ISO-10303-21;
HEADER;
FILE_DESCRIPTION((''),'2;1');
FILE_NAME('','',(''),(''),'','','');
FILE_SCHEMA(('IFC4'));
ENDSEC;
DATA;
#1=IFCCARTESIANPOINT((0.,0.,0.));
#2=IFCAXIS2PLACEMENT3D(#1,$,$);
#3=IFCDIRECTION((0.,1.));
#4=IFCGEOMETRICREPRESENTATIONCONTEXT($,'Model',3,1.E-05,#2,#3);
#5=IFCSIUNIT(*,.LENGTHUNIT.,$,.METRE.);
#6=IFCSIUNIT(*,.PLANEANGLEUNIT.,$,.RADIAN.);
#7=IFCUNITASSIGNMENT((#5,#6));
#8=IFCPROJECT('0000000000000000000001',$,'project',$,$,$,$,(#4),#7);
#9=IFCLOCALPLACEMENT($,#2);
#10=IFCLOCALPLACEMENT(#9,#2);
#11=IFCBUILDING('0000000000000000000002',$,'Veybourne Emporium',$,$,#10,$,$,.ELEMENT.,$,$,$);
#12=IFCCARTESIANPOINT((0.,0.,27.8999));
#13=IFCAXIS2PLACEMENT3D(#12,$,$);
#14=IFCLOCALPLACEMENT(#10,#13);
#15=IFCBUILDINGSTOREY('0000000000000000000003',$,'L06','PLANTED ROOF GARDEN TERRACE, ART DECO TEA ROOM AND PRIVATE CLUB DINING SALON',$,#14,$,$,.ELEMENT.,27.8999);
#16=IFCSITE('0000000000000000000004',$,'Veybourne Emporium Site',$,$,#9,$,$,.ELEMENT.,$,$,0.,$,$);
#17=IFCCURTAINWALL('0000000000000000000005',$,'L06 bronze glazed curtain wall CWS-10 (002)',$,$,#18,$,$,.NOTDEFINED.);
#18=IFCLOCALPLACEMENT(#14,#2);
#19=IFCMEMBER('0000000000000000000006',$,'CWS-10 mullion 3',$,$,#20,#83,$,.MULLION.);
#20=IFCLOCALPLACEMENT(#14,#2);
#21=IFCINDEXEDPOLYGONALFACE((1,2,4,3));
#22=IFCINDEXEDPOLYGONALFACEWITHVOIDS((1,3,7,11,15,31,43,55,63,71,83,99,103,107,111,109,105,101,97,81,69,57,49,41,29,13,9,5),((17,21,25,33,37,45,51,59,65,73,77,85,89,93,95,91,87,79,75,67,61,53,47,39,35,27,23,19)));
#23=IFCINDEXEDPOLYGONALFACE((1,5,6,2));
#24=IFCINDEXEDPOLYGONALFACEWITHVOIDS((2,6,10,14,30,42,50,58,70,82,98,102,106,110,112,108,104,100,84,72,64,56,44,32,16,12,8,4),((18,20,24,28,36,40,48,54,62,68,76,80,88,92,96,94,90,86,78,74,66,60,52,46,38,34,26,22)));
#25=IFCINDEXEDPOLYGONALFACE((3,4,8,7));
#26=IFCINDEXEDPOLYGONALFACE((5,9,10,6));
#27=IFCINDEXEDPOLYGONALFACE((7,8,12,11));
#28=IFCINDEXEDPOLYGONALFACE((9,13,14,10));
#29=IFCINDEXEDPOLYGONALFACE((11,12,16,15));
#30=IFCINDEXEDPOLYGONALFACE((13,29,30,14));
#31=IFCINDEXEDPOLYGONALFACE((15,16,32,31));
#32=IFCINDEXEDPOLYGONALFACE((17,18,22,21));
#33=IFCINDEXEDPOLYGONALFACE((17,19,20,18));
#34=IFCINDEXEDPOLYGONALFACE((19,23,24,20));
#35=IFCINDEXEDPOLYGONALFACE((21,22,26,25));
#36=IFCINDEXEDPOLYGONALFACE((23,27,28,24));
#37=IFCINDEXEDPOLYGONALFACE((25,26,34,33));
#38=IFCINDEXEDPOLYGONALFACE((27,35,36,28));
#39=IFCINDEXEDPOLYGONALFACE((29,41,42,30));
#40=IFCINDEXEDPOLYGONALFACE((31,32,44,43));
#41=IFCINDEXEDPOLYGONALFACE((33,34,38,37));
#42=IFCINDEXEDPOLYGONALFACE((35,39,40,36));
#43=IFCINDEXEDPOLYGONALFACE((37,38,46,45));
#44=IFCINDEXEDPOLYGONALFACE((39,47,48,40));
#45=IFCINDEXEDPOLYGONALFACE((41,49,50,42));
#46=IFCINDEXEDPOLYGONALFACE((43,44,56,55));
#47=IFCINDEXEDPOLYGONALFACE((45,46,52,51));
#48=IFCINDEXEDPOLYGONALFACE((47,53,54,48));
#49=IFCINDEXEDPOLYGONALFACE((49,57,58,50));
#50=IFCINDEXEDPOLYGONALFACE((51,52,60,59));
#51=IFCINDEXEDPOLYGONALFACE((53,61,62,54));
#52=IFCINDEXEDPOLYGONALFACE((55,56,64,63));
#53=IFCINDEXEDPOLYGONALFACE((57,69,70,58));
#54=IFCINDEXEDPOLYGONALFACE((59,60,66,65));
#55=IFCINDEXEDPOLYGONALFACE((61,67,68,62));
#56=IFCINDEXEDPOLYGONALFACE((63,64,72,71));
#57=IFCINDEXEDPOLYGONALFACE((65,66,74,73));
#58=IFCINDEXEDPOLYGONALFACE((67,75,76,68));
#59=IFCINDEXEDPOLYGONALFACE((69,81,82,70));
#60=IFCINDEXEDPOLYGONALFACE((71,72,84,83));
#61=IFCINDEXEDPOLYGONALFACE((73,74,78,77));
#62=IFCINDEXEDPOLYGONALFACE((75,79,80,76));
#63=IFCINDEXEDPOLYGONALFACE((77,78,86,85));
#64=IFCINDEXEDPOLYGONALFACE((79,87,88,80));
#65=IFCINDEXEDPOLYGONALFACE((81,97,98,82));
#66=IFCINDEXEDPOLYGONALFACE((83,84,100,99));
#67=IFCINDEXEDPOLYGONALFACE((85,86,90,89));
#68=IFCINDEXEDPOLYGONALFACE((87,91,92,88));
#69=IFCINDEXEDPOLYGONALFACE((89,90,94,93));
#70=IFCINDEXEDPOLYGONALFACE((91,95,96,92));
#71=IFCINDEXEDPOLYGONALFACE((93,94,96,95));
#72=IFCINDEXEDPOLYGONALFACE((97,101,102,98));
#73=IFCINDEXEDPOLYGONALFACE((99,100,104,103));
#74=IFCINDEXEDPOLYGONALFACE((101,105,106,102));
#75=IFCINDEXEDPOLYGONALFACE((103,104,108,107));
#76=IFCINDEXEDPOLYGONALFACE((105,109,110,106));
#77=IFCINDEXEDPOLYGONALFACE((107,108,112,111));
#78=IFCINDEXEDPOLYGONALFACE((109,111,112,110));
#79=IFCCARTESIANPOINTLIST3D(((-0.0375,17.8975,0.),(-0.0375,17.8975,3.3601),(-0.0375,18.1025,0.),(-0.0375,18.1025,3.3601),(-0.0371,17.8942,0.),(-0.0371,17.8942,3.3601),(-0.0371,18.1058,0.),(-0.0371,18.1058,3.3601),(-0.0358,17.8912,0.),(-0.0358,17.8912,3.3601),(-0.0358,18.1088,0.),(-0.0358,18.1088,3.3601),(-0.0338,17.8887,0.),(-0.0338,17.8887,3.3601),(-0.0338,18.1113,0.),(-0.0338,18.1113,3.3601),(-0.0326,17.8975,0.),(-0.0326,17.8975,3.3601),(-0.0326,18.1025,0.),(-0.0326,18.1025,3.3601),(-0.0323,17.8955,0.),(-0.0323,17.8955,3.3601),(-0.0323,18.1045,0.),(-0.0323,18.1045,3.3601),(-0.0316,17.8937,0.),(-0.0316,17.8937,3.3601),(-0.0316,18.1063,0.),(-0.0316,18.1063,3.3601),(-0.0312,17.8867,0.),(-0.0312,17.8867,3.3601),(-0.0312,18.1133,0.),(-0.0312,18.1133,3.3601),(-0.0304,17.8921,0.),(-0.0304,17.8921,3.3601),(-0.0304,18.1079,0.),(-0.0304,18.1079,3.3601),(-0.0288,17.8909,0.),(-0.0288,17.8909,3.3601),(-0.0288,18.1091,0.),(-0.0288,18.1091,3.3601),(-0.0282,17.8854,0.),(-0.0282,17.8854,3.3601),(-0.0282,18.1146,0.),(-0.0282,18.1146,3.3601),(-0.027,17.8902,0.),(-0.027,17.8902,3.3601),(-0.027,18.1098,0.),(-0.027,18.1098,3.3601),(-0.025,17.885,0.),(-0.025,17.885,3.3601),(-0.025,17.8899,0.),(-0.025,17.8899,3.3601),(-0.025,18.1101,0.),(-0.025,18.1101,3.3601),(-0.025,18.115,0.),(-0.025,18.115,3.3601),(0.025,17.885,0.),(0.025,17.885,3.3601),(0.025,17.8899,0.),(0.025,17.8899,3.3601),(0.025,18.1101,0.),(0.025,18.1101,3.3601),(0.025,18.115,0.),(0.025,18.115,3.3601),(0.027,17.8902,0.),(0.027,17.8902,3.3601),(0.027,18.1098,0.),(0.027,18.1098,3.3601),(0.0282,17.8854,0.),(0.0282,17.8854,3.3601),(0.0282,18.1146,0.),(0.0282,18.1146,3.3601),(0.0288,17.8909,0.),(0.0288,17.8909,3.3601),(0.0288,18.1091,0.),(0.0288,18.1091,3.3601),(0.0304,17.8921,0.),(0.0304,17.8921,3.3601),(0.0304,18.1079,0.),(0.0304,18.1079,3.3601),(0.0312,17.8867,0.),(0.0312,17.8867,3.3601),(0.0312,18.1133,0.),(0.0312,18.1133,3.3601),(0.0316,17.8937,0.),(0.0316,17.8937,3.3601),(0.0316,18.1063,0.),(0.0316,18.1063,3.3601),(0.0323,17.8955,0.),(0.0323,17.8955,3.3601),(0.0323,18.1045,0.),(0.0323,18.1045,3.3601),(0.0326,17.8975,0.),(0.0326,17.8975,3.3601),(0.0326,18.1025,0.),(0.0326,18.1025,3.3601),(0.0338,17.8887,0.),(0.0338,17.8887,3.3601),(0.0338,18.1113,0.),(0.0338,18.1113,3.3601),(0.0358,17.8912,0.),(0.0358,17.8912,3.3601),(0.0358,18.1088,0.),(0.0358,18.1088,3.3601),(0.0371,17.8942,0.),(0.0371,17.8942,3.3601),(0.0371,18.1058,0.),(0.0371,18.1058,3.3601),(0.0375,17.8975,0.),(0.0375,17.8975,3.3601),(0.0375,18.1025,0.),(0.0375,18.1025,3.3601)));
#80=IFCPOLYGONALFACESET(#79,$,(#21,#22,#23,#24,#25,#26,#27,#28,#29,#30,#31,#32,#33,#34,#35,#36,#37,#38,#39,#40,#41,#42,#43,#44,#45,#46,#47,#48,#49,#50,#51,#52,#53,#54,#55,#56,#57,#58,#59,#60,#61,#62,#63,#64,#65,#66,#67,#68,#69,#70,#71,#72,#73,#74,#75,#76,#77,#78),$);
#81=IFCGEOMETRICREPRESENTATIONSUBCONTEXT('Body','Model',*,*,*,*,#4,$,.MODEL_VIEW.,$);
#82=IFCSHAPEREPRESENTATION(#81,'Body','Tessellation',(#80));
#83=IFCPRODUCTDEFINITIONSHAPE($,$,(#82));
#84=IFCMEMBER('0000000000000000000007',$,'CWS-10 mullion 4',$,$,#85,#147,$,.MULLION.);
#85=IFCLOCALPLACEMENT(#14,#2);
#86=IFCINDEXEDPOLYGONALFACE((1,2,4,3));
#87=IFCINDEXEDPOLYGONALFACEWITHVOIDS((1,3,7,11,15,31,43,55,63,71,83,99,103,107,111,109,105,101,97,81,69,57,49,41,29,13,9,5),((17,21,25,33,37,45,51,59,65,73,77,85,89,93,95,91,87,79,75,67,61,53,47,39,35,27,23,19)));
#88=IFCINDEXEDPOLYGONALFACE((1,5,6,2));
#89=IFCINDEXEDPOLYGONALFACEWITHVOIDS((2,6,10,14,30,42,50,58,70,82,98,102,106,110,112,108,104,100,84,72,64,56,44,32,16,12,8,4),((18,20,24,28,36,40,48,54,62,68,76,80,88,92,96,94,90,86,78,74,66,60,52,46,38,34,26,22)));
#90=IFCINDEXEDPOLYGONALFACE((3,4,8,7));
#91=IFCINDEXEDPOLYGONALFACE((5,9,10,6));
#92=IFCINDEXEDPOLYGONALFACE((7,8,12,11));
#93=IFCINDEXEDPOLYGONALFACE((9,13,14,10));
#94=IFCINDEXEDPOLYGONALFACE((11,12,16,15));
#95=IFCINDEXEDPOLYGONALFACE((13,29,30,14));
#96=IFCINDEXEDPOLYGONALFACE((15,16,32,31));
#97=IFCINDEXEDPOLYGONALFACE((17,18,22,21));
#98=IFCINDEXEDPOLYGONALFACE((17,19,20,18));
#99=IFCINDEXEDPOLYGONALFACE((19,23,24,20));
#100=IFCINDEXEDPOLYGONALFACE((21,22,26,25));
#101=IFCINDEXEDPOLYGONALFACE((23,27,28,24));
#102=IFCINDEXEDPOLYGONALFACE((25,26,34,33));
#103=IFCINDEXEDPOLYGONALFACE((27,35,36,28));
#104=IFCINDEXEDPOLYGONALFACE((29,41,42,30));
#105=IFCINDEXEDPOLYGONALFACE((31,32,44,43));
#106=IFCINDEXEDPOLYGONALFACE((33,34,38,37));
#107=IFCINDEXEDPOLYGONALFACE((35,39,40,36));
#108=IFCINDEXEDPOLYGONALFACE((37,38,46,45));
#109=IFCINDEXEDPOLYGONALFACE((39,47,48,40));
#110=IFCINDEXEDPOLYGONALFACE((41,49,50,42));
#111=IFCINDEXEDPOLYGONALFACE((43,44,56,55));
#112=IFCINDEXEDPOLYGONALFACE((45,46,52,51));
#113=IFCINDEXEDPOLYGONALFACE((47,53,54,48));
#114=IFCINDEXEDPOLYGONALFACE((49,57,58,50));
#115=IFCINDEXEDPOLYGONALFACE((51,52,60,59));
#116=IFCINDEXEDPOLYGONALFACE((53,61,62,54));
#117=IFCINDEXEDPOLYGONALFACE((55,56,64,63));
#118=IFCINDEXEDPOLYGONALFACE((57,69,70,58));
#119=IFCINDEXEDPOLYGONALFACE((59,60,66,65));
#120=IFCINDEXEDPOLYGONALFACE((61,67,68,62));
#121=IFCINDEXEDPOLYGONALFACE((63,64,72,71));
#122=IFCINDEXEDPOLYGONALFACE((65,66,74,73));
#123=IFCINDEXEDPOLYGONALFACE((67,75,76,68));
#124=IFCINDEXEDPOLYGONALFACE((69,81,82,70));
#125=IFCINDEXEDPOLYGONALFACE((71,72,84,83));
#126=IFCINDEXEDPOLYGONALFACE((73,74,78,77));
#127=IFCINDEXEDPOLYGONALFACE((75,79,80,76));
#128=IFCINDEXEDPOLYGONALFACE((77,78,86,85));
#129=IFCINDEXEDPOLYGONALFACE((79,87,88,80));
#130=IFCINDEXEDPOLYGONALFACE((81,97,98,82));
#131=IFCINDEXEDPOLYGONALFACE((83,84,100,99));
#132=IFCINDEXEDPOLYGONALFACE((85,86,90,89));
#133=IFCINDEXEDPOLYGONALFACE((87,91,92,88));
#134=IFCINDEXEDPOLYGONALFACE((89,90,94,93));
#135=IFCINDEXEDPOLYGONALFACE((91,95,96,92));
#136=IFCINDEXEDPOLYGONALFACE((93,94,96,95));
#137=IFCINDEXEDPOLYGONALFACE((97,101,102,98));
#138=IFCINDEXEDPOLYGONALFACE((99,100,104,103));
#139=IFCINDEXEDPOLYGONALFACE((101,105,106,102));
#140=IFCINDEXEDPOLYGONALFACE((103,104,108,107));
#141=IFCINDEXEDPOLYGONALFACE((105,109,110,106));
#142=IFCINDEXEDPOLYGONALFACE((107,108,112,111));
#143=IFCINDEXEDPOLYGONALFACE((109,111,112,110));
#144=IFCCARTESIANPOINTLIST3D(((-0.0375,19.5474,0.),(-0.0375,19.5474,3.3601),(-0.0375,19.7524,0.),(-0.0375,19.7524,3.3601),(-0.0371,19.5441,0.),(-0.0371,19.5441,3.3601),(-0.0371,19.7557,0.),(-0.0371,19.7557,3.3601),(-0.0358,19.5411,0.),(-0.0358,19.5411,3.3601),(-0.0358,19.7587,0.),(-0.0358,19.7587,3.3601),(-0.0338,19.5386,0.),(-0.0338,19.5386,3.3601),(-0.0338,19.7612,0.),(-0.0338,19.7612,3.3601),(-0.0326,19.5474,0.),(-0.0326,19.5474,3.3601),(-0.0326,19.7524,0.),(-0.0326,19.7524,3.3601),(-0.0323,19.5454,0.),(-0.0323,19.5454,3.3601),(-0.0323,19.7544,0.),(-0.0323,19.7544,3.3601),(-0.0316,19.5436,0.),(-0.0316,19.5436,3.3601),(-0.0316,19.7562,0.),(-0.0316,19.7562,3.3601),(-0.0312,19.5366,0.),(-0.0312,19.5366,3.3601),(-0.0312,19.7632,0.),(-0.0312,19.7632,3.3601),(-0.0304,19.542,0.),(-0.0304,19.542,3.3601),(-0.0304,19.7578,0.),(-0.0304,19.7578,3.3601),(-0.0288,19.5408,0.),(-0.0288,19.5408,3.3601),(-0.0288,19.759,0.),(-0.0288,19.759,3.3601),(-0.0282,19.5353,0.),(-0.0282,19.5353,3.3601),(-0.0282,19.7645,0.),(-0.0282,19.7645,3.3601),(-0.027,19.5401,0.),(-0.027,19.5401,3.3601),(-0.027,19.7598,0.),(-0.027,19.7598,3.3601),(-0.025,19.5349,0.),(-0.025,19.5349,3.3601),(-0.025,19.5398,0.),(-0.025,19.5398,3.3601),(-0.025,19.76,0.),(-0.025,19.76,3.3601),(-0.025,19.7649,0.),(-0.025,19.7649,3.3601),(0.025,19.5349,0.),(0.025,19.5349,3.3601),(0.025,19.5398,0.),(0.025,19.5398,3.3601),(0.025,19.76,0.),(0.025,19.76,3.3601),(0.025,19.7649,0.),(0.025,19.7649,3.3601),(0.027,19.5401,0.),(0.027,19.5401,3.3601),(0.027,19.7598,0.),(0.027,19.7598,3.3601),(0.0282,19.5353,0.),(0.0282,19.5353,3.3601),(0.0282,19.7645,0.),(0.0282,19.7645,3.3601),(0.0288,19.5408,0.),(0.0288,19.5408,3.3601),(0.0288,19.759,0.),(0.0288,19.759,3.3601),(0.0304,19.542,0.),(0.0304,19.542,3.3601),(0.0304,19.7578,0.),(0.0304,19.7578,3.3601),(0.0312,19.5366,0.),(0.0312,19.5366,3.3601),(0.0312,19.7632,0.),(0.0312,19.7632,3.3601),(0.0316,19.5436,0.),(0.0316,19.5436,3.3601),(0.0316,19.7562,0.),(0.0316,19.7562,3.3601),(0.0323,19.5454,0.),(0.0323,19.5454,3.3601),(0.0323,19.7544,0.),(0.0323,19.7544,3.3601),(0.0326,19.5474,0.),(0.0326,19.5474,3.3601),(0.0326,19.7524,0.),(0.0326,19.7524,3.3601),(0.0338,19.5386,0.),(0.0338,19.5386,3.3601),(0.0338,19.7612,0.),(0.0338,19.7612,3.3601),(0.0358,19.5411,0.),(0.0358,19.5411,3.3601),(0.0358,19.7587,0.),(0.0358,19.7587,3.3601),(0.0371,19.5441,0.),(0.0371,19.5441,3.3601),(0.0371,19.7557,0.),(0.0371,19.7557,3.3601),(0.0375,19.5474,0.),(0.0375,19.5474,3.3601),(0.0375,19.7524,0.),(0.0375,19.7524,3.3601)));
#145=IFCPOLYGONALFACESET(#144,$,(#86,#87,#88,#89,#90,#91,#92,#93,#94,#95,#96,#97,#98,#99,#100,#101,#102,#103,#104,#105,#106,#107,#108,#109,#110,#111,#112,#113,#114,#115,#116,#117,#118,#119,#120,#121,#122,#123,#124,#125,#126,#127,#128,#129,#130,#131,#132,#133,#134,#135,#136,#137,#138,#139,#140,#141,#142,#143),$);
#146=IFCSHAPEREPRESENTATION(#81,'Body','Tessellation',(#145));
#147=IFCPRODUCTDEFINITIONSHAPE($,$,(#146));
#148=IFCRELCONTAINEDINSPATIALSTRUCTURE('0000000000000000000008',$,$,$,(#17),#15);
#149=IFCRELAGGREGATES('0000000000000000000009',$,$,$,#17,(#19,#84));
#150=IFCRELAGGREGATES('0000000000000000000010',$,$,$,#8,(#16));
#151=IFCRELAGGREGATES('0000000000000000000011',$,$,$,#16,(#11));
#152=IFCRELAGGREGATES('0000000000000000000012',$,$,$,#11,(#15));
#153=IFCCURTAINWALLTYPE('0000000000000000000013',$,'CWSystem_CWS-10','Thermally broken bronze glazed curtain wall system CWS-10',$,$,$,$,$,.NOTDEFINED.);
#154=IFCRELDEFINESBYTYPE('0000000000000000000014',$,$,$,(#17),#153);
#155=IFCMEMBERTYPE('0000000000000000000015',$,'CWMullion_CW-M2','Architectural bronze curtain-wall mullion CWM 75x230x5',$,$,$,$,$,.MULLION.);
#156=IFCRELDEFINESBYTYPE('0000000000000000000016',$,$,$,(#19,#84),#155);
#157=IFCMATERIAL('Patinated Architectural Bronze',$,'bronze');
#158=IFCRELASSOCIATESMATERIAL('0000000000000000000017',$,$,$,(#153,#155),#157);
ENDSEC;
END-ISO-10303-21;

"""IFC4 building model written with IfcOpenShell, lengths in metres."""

from ifc_helpers import new_model, si_unit, direction, frame, origin, origin_2d, place, context, subcontext, project, spatial, hollow_rectangle, extrude, material, material_profile, profile_set, type_object, element, aggregate, save


model = new_model("IFC4")

# Units and contexts
model_context = context("Model", 3, precision=1e-05, world=origin(), true_north=direction((0.0, 1.0)))
body_context = subcontext(model_context, "Body", "Model", "MODEL_VIEW")
ifc_project = project(units=[si_unit("LENGTHUNIT", "METRE"), si_unit("PLANEANGLEUNIT", "RADIAN")], contexts=[model_context])

# Site, building, storey
site_placement = place(None, origin())
site = spatial("IfcSite", under=ifc_project, at=site_placement, Name="Veybourne Emporium Site", CompositionType="ELEMENT", RefElevation=0.0)
building_placement = place(site_placement, origin())
building = spatial("IfcBuilding", under=site, at=building_placement, Name="Veybourne Emporium", CompositionType="ELEMENT")
storey_placement = place(building_placement, frame((0.0, 0.0, 27.8999)))
storey = spatial("IfcBuildingStorey", under=building, at=storey_placement, Name="L06", Description="PLANTED ROOF GARDEN TERRACE, ART DECO TEA ROOM AND PRIVATE CLUB DINING SALON", CompositionType="ELEMENT", Elevation=27.8999)

# Curtain wall, members
ifc_material_1 = material(Name="Patinated Architectural Bronze", Category="bronze")
curtain_wall_type = type_object("IfcCurtainWallType", Name="CWSystem_CWS-10", Description="Thermally broken bronze glazed curtain wall system CWS-10", PredefinedType="NOTDEFINED", material=ifc_material_1)
curtain_wall_placement = place(storey_placement, origin())
curtain_wall = element("IfcCurtainWall", 1, at=curtain_wall_placement, inside=storey, type_object=curtain_wall_type, Name="L06 bronze glazed curtain wall CWS-10 (002)", PredefinedType="NOTDEFINED")
ifc_material_profile_1 = material_profile(ifc_material_1, hollow_rectangle(XDim=0.075, YDim=0.23, WallThickness=0.0049, InnerFilletRadius=0.0076, OuterFilletRadius=0.0125, at=origin_2d()), Name="CWM 75x230x5")
ifc_profile_set_1 = profile_set([ifc_material_profile_1], Name="Patinated Architectural Bronze")
member_type_1 = type_object("IfcMemberType", Name="CWMullion_CW-M2", Description="Architectural bronze curtain-wall mullion CWM 75x230x5", PredefinedType="MULLION", material=ifc_profile_set_1)
member_1_placement = place(storey_placement, frame((0.0, 18.0, 0.0), z_axis=(0.0, 0.0, 1.0), x_axis=(-1.0, 0.0, 0.0)))
member_1 = element("IfcMember", 2, at=member_1_placement, type_object=member_type_1, Name="CWS-10 mullion 3", PredefinedType="MULLION", context=body_context, shape_type="SweptSolid", body=[
    extrude(hollow_rectangle(XDim=0.075, YDim=0.23, WallThickness=0.0049, InnerFilletRadius=0.0076, OuterFilletRadius=0.0125, at=origin_2d()), origin(), (0.0, 0.0, 1.0), 3.3601),
])
member_2_placement = place(storey_placement, frame((0.0, 19.6499, 0.0), z_axis=(0.0, 0.0, 1.0), x_axis=(-1.0, 0.0, 0.0)))
member_2 = element("IfcMember", 3, at=member_2_placement, type_object=member_type_1, Name="CWS-10 mullion 4", PredefinedType="MULLION", context=body_context, shape_type="SweptSolid", body=[
    extrude(hollow_rectangle(XDim=0.075, YDim=0.23, WallThickness=0.0049, InnerFilletRadius=0.0076, OuterFilletRadius=0.0125, at=origin_2d()), origin(), (0.0, 0.0, 1.0), 3.3601),
])

aggregate(curtain_wall, [member_1, member_2])

save(model, "model.ifc")
